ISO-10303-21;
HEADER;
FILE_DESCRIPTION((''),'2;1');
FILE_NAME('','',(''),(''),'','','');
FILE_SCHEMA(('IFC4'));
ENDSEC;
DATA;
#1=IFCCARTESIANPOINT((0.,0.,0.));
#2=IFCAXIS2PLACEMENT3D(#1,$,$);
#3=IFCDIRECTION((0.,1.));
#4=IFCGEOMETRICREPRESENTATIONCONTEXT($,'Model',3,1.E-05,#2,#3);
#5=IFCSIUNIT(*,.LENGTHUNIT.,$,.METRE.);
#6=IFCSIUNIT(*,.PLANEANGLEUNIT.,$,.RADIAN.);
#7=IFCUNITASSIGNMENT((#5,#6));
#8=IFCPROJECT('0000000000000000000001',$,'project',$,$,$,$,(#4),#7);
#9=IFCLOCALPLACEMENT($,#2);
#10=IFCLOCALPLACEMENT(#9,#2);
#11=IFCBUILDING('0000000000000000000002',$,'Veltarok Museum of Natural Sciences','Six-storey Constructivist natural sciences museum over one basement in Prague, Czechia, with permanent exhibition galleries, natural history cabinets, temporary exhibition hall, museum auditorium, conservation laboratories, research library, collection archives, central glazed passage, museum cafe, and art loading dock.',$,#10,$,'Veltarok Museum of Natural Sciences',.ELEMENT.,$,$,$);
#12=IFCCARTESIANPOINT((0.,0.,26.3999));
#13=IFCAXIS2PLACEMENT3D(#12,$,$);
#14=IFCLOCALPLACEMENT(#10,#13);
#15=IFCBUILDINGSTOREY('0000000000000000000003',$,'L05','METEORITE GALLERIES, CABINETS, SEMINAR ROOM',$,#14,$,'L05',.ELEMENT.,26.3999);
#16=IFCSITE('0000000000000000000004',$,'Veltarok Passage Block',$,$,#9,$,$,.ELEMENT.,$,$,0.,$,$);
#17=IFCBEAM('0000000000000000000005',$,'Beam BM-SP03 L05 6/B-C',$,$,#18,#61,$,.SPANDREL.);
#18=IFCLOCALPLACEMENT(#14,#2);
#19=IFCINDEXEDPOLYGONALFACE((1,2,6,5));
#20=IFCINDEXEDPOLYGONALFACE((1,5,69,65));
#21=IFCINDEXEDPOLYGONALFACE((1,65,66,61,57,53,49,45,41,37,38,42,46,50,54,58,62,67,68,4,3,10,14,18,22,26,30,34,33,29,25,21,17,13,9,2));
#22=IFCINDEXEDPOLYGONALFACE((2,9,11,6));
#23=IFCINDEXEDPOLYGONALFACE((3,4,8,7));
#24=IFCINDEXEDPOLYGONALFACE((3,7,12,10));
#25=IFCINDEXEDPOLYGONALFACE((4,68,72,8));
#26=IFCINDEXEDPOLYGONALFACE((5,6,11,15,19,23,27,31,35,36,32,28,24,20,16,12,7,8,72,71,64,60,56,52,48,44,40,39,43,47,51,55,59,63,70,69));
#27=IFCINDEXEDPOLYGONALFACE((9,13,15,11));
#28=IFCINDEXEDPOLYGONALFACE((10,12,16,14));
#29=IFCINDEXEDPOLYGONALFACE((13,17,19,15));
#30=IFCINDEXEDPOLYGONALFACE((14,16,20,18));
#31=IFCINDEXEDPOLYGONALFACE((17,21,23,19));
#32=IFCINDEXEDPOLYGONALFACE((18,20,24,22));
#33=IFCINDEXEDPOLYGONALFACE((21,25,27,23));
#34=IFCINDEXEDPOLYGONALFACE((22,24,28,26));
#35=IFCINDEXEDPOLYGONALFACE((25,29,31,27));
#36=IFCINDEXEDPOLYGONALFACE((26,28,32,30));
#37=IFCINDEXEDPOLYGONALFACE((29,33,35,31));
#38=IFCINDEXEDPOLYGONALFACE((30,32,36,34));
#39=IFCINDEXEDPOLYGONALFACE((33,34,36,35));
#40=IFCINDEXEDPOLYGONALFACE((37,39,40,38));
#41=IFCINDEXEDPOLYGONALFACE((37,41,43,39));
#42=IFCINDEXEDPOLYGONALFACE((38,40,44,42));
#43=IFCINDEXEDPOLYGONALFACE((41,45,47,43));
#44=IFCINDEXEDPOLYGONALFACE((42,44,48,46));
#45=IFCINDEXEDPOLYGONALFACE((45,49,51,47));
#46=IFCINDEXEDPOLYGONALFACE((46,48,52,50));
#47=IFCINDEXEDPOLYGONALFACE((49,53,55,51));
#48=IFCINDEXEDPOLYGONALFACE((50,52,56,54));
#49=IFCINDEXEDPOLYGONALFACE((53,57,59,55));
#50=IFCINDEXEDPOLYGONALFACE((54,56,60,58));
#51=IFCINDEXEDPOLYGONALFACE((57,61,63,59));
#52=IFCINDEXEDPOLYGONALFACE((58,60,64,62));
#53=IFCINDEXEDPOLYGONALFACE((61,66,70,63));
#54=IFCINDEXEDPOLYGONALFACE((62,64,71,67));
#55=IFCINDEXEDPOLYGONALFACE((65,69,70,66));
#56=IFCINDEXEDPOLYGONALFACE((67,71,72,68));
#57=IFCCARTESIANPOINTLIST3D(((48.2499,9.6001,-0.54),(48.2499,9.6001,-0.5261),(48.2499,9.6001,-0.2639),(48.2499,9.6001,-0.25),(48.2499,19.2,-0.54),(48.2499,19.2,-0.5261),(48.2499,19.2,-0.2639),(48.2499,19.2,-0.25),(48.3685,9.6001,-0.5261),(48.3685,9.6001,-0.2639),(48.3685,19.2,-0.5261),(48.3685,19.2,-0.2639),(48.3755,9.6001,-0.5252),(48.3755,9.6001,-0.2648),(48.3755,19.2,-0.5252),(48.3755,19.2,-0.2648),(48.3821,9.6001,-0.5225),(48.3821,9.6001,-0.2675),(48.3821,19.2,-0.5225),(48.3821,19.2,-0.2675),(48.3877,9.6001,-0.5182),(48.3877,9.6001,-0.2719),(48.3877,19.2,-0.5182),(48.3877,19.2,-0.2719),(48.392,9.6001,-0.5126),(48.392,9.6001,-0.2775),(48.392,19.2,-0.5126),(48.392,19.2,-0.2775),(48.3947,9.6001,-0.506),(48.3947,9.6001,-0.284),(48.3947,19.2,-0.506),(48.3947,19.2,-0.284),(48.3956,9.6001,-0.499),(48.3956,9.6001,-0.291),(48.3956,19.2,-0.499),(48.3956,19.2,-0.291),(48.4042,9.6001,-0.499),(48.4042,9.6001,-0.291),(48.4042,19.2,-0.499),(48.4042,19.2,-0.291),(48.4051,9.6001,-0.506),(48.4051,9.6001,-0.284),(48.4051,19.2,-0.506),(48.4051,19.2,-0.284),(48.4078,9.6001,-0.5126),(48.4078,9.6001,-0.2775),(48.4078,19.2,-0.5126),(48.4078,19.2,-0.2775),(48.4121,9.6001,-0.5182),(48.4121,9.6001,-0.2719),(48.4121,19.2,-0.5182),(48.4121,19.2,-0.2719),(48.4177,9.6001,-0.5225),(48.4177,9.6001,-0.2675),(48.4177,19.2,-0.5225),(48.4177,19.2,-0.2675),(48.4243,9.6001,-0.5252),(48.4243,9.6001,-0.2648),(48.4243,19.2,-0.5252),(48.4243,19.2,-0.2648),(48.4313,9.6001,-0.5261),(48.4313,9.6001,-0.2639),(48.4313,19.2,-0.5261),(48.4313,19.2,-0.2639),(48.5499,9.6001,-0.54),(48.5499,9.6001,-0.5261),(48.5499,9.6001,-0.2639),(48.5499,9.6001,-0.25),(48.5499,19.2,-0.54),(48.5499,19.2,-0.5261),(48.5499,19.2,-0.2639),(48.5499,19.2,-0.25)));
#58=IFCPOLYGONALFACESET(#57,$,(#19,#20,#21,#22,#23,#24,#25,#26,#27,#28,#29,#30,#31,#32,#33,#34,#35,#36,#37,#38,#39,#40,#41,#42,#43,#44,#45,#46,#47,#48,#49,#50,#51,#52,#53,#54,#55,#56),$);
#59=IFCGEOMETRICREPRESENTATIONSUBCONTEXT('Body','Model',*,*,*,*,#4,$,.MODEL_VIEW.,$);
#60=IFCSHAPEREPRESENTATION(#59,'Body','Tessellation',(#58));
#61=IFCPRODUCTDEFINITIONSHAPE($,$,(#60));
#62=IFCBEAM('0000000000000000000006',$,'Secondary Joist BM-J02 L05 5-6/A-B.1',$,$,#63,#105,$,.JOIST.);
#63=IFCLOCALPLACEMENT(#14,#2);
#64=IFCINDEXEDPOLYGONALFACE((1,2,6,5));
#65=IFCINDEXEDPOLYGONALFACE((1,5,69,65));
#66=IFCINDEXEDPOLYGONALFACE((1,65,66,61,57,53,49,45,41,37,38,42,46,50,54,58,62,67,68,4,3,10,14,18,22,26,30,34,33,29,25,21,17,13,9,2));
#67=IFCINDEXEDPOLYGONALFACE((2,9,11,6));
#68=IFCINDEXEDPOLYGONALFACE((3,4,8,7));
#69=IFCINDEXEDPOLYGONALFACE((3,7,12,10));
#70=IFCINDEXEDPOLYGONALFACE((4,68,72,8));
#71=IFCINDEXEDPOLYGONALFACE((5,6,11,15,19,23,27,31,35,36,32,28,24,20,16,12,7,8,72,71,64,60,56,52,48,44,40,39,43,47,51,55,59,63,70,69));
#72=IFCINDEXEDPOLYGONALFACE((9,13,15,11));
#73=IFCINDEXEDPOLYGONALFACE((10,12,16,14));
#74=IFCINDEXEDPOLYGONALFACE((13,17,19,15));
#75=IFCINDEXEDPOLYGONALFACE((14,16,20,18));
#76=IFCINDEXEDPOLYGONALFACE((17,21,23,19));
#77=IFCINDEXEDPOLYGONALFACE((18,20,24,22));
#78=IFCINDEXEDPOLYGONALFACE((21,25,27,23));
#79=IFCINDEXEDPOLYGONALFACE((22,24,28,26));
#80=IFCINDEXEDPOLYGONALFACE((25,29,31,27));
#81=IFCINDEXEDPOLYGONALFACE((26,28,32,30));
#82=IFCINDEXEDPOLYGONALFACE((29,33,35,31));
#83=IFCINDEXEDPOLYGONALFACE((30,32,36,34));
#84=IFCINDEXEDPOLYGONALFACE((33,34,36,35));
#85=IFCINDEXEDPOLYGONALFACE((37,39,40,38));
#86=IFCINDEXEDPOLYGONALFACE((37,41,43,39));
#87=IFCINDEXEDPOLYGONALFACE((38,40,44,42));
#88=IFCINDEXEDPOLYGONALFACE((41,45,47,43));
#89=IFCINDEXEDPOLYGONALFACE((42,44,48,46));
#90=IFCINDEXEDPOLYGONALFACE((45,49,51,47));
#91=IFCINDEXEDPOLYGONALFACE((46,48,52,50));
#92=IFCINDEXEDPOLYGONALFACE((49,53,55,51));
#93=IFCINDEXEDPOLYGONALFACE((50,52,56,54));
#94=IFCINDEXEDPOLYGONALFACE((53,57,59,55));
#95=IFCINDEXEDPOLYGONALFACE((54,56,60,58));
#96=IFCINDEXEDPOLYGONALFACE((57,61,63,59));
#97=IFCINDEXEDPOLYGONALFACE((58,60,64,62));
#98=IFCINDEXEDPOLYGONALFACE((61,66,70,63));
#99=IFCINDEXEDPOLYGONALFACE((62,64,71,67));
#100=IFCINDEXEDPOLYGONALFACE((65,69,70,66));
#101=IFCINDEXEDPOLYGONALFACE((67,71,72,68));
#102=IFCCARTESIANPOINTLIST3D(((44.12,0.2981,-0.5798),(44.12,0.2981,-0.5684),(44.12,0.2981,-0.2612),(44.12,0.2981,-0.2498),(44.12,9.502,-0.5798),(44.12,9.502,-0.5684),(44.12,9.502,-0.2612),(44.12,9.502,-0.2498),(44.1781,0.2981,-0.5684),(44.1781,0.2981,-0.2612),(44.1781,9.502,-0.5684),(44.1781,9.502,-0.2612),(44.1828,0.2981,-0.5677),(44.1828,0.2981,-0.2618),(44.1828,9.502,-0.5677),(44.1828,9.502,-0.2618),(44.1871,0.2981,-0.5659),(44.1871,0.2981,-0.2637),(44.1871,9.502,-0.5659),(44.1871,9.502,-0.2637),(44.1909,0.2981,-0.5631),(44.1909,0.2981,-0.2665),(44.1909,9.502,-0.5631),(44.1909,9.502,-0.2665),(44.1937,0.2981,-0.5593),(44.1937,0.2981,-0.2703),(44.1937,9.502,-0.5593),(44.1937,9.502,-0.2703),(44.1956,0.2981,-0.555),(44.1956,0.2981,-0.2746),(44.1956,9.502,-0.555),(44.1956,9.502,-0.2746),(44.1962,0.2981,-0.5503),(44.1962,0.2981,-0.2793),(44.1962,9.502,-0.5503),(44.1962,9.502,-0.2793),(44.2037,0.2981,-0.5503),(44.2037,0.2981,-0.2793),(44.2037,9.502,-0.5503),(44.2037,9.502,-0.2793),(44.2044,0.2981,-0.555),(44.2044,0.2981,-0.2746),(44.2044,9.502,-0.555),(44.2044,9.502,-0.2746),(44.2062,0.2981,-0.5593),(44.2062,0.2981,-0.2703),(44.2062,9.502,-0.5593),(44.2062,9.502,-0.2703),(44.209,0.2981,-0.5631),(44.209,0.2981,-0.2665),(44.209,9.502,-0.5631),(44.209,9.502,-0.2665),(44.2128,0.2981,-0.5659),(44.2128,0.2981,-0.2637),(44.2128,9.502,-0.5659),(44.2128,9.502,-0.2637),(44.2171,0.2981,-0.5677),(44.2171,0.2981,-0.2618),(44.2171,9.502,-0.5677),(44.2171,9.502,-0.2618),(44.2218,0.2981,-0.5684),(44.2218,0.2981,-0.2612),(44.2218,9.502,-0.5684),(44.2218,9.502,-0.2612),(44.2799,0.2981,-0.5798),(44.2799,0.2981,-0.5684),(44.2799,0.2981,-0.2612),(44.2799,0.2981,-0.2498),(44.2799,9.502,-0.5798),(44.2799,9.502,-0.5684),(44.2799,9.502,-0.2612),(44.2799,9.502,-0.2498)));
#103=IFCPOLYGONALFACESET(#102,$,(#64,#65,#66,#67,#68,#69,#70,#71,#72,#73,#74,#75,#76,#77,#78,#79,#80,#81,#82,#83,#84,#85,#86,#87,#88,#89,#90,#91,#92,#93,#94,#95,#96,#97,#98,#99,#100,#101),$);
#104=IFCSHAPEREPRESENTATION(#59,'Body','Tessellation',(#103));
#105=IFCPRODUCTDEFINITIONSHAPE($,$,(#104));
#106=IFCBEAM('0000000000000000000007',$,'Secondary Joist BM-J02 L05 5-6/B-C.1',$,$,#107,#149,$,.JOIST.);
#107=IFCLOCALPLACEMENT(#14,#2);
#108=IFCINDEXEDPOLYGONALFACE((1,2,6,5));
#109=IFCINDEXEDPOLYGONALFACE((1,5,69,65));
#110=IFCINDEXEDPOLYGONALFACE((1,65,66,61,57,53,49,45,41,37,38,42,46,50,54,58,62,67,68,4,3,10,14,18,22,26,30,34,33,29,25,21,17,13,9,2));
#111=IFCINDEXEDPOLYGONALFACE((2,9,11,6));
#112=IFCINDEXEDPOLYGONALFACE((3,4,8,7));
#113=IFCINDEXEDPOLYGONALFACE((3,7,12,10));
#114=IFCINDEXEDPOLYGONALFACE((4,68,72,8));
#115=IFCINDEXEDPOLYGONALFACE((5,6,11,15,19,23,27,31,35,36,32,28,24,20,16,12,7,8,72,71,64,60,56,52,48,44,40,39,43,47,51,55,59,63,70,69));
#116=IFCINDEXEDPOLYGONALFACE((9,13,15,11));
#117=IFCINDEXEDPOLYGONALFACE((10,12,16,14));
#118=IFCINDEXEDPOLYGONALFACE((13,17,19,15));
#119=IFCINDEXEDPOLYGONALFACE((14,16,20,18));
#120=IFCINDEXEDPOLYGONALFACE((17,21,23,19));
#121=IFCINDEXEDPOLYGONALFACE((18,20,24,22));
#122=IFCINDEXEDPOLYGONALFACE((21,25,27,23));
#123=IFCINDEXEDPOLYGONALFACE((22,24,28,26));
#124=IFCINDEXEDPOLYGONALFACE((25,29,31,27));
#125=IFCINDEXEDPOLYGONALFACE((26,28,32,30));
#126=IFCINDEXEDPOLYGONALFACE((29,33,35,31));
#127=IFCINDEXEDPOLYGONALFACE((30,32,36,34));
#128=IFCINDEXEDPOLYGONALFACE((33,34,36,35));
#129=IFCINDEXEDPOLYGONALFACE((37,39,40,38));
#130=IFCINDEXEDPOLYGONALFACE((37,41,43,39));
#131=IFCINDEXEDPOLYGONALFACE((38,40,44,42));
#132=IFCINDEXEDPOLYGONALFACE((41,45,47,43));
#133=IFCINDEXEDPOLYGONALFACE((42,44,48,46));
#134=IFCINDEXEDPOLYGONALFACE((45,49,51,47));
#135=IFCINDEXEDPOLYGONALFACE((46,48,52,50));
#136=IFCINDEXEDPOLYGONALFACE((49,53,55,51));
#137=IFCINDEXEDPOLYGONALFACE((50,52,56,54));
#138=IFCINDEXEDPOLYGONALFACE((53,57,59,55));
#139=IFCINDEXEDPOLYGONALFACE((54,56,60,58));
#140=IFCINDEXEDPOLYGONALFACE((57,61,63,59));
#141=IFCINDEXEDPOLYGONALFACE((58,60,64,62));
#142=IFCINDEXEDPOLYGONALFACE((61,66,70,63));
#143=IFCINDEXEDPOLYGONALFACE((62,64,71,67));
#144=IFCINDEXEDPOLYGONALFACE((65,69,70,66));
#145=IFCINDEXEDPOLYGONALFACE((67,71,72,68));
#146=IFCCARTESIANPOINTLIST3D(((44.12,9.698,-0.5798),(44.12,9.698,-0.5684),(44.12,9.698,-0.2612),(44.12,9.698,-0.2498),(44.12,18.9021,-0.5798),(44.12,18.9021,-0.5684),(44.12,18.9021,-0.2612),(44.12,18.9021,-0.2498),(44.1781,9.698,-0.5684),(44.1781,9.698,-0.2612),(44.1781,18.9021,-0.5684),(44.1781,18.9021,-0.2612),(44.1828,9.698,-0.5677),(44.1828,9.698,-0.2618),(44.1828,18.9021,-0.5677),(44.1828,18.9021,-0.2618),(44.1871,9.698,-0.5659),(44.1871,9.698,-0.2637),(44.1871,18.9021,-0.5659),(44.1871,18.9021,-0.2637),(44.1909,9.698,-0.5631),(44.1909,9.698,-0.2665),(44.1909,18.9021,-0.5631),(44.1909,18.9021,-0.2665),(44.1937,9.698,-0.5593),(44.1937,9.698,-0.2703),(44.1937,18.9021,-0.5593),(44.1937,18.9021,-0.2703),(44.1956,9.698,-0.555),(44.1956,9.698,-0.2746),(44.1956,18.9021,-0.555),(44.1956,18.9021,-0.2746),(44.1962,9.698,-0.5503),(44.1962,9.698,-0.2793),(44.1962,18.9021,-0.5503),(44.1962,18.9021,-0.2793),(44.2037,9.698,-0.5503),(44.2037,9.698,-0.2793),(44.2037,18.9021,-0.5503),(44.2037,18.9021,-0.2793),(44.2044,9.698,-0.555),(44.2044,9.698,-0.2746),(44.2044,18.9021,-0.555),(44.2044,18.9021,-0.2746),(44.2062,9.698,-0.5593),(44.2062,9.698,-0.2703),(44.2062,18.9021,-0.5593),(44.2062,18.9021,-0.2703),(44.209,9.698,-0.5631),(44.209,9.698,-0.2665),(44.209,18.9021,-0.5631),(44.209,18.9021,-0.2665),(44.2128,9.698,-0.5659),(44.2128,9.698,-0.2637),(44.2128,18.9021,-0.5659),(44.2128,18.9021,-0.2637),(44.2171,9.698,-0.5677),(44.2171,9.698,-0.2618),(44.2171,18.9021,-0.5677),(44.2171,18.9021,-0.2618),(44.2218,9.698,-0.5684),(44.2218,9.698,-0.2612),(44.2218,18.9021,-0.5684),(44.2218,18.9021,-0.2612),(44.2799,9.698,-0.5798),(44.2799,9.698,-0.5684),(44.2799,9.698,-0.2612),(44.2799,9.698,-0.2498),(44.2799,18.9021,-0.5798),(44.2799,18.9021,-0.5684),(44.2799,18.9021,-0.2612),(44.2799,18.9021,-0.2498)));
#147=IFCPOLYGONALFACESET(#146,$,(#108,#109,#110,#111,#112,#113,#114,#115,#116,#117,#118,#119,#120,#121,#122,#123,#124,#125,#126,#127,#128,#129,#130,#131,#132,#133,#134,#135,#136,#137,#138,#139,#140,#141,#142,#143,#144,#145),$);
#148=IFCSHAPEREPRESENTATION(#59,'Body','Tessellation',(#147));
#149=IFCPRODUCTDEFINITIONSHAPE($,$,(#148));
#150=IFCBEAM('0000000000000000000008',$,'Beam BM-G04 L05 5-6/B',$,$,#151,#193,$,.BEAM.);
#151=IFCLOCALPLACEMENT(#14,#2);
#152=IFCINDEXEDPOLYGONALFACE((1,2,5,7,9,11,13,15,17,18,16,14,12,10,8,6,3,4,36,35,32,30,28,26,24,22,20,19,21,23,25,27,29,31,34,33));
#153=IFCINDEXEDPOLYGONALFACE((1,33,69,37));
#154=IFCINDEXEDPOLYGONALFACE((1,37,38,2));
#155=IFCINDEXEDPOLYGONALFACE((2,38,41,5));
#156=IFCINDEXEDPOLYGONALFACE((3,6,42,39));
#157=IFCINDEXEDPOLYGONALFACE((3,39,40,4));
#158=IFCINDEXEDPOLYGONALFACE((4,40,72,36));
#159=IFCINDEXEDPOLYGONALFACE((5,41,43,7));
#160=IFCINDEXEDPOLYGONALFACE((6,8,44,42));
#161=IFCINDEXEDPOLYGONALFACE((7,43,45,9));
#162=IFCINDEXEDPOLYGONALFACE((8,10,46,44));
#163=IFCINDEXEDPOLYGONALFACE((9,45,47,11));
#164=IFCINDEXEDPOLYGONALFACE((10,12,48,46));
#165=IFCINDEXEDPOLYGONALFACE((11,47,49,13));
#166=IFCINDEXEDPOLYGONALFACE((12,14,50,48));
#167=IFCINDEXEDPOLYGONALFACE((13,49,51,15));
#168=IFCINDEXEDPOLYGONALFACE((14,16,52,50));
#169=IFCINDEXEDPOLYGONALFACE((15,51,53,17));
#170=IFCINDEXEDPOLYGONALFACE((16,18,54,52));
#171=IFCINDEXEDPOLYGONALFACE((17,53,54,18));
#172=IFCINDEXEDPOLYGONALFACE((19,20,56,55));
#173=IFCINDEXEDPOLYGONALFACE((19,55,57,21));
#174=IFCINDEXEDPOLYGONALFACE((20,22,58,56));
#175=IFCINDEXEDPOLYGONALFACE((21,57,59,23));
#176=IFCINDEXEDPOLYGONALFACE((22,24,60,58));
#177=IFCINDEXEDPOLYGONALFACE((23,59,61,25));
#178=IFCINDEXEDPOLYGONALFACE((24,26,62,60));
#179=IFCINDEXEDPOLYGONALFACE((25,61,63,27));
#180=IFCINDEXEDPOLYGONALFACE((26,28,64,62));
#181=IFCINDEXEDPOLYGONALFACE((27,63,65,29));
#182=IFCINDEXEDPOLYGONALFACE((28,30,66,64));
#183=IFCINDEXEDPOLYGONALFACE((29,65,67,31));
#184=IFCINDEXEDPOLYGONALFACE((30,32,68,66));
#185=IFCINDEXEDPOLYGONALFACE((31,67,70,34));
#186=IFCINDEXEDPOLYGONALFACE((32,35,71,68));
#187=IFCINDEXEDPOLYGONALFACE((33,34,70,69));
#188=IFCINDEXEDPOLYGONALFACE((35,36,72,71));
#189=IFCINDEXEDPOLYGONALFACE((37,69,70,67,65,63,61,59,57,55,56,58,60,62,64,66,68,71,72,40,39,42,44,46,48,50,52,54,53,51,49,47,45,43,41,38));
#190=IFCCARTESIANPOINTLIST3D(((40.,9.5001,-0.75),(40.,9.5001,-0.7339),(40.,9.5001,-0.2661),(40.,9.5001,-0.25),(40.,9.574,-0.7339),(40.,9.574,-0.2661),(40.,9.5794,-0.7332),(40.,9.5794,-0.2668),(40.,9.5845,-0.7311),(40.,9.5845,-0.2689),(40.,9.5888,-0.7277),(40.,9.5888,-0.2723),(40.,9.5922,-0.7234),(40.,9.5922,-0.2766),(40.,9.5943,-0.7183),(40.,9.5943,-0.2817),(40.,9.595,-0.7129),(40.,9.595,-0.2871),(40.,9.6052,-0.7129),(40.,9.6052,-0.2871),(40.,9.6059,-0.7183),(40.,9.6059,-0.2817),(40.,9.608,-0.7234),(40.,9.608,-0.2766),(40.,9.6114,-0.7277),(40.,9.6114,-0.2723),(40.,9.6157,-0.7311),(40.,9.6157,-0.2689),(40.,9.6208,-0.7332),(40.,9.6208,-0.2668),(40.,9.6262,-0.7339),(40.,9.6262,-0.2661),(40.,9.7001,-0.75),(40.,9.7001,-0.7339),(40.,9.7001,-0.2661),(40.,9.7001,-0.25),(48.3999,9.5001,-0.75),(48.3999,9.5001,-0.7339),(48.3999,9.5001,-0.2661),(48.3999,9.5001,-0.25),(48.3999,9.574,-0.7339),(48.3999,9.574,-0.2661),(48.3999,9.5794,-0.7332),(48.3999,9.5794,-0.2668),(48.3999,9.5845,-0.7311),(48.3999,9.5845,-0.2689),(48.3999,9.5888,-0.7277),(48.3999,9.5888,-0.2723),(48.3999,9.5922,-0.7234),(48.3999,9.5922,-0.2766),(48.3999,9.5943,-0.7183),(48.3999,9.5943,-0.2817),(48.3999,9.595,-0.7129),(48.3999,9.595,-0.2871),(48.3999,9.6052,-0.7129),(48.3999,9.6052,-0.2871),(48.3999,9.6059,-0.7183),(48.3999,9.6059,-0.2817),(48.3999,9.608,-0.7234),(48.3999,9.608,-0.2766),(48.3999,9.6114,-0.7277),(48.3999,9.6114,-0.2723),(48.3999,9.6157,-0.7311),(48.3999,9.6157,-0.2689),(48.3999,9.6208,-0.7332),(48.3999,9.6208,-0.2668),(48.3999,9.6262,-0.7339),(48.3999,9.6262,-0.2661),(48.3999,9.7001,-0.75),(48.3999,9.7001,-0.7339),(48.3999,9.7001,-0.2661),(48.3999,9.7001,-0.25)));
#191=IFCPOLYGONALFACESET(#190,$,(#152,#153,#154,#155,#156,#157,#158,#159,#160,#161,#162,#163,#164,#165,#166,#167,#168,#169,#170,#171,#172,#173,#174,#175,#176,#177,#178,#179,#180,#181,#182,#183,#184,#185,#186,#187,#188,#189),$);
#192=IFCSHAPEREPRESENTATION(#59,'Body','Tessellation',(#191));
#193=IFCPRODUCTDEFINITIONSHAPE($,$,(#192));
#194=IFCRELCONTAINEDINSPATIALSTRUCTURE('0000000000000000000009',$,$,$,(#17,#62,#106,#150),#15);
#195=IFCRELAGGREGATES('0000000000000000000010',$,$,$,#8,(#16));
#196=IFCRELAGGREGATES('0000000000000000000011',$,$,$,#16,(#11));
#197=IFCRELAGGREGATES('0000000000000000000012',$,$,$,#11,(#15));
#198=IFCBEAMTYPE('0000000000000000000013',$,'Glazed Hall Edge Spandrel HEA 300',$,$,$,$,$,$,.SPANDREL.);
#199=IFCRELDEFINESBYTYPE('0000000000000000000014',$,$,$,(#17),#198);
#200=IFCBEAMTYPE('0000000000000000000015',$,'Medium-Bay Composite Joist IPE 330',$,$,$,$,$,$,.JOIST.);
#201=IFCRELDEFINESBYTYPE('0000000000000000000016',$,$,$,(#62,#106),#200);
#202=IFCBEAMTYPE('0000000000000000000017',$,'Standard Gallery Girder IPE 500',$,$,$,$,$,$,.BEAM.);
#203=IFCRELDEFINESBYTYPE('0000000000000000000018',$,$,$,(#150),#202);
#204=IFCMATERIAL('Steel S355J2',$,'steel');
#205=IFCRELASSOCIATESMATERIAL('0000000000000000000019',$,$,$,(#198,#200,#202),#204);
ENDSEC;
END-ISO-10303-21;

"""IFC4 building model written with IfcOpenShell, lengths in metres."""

from ifc_helpers import new_model, si_unit, direction, frame, origin, origin_2d, place, context, subcontext, project, spatial, i_section, extrude, material, material_profile, profile_set, type_object, element, save


model = new_model("IFC4")

# Units and contexts
model_context = context("Model", 3, precision=1e-05, world=origin(), true_north=direction((0.0, 1.0)))
body_context = subcontext(model_context, "Body", "Model", "MODEL_VIEW")
ifc_project = project(units=[si_unit("LENGTHUNIT", "METRE"), si_unit("PLANEANGLEUNIT", "RADIAN")], contexts=[model_context])

# Site, building, storey
site_placement = place(None, origin())
site = spatial("IfcSite", under=ifc_project, at=site_placement, Name="Veltarok Passage Block", CompositionType="ELEMENT", RefElevation=0.0)
building_placement = place(site_placement, origin())
building = spatial("IfcBuilding", under=site, at=building_placement, Name="Veltarok Museum of Natural Sciences", Description="Six-storey Constructivist natural sciences museum over one basement in Prague, Czechia, with permanent exhibition galleries, natural history cabinets, temporary exhibition hall, museum auditorium, conservation laboratories, research library, collection archives, central glazed passage, museum cafe, and art loading dock.", LongName="Veltarok Museum of Natural Sciences", CompositionType="ELEMENT")
storey_placement = place(building_placement, frame((0.0, 0.0, 26.3999)))
storey = spatial("IfcBuildingStorey", under=building, at=storey_placement, Name="L05", Description="METEORITE GALLERIES, CABINETS, SEMINAR ROOM", LongName="L05", CompositionType="ELEMENT", Elevation=26.3999)

# Shared definitions
ifc_material_1 = material(Name="Steel S355J2", Category="steel")

# Beams
ifc_material_profile_1 = material_profile(ifc_material_1, i_section(OverallWidth=0.3, OverallDepth=0.29, WebThickness=0.0085, FlangeThickness=0.0139, FilletRadius=0.0271, at=origin_2d()), Name="HEA 300")
ifc_profile_set_1 = profile_set([ifc_material_profile_1], Name="Steel S355J2")
beam_type_1 = type_object("IfcBeamType", Name="Glazed Hall Edge Spandrel HEA 300", PredefinedType="SPANDREL", material=ifc_profile_set_1)
beam_1_placement = place(storey_placement, frame((48.3999, 9.6001, -0.395), z_axis=(0.0, 1.0, 0.0), x_axis=(-1.0, 0.0, 0.0)))
element("IfcBeam", 1, at=beam_1_placement, inside=storey, type_object=beam_type_1, Name="Beam BM-SP03 L05 6/B-C", PredefinedType="SPANDREL", context=body_context, shape_type="SweptSolid", body=[
    extrude(i_section(OverallWidth=0.3, OverallDepth=0.29, WebThickness=0.0085, FlangeThickness=0.0139, FilletRadius=0.0271, at=origin_2d()), origin(), (0.0, 0.0, 1.0), 9.5999),
])
ifc_material_profile_2 = material_profile(ifc_material_1, i_section(OverallWidth=0.1599, OverallDepth=0.3301, WebThickness=0.0076, FlangeThickness=0.0115, FilletRadius=0.0181, at=origin_2d()), Name="IPE 330")
ifc_profile_set_2 = profile_set([ifc_material_profile_2], Name="Steel S355J2")
beam_type_2 = type_object("IfcBeamType", Name="Medium-Bay Composite Joist IPE 330", PredefinedType="JOIST", material=ifc_profile_set_2)
beam_2_placement = place(storey_placement, frame((44.2, 0.2981, -0.4148), z_axis=(0.0, 1.0, 0.0), x_axis=(-1.0, 0.0, 0.0)))
element("IfcBeam", 2, at=beam_2_placement, inside=storey, type_object=beam_type_2, Name="Secondary Joist BM-J02 L05 5-6/A-B.1", PredefinedType="JOIST", context=body_context, shape_type="SweptSolid", body=[
    extrude(i_section(OverallWidth=0.1599, OverallDepth=0.3301, WebThickness=0.0076, FlangeThickness=0.0115, FilletRadius=0.0181, at=origin_2d()), origin(), (0.0, 0.0, 1.0), 9.2039),
])
beam_3_placement = place(storey_placement, frame((44.2, 9.698, -0.4148), z_axis=(0.0, 1.0, 0.0), x_axis=(-1.0, 0.0, 0.0)))
element("IfcBeam", 3, at=beam_3_placement, inside=storey, type_object=beam_type_2, Name="Secondary Joist BM-J02 L05 5-6/B-C.1", PredefinedType="JOIST", context=body_context, shape_type="SweptSolid", body=[
    extrude(i_section(OverallWidth=0.1599, OverallDepth=0.3301, WebThickness=0.0076, FlangeThickness=0.0115, FilletRadius=0.0181, at=origin_2d()), origin(), (0.0, 0.0, 1.0), 9.2041),
])
ifc_material_profile_3 = material_profile(ifc_material_1, i_section(OverallWidth=0.2, OverallDepth=0.5, WebThickness=0.0103, FlangeThickness=0.0161, FilletRadius=0.021, at=origin_2d()), Name="IPE 500")
ifc_profile_set_3 = profile_set([ifc_material_profile_3], Name="Steel S355J2")
beam_type_3 = type_object("IfcBeamType", Name="Standard Gallery Girder IPE 500", PredefinedType="BEAM", material=ifc_profile_set_3)
beam_4_placement = place(storey_placement, frame((40.0, 9.6001, -0.5), z_axis=(1.0, 0.0, 0.0), x_axis=(0.0, 1.0, 0.0)))
element("IfcBeam", 4, at=beam_4_placement, inside=storey, type_object=beam_type_3, Name="Beam BM-G04 L05 5-6/B", PredefinedType="BEAM", context=body_context, shape_type="SweptSolid", body=[
    extrude(i_section(OverallWidth=0.2, OverallDepth=0.5, WebThickness=0.0103, FlangeThickness=0.0161, FilletRadius=0.021, at=origin_2d()), origin(), (0.0, 0.0, 1.0), 8.3999),
])

save(model, "model.ifc")
